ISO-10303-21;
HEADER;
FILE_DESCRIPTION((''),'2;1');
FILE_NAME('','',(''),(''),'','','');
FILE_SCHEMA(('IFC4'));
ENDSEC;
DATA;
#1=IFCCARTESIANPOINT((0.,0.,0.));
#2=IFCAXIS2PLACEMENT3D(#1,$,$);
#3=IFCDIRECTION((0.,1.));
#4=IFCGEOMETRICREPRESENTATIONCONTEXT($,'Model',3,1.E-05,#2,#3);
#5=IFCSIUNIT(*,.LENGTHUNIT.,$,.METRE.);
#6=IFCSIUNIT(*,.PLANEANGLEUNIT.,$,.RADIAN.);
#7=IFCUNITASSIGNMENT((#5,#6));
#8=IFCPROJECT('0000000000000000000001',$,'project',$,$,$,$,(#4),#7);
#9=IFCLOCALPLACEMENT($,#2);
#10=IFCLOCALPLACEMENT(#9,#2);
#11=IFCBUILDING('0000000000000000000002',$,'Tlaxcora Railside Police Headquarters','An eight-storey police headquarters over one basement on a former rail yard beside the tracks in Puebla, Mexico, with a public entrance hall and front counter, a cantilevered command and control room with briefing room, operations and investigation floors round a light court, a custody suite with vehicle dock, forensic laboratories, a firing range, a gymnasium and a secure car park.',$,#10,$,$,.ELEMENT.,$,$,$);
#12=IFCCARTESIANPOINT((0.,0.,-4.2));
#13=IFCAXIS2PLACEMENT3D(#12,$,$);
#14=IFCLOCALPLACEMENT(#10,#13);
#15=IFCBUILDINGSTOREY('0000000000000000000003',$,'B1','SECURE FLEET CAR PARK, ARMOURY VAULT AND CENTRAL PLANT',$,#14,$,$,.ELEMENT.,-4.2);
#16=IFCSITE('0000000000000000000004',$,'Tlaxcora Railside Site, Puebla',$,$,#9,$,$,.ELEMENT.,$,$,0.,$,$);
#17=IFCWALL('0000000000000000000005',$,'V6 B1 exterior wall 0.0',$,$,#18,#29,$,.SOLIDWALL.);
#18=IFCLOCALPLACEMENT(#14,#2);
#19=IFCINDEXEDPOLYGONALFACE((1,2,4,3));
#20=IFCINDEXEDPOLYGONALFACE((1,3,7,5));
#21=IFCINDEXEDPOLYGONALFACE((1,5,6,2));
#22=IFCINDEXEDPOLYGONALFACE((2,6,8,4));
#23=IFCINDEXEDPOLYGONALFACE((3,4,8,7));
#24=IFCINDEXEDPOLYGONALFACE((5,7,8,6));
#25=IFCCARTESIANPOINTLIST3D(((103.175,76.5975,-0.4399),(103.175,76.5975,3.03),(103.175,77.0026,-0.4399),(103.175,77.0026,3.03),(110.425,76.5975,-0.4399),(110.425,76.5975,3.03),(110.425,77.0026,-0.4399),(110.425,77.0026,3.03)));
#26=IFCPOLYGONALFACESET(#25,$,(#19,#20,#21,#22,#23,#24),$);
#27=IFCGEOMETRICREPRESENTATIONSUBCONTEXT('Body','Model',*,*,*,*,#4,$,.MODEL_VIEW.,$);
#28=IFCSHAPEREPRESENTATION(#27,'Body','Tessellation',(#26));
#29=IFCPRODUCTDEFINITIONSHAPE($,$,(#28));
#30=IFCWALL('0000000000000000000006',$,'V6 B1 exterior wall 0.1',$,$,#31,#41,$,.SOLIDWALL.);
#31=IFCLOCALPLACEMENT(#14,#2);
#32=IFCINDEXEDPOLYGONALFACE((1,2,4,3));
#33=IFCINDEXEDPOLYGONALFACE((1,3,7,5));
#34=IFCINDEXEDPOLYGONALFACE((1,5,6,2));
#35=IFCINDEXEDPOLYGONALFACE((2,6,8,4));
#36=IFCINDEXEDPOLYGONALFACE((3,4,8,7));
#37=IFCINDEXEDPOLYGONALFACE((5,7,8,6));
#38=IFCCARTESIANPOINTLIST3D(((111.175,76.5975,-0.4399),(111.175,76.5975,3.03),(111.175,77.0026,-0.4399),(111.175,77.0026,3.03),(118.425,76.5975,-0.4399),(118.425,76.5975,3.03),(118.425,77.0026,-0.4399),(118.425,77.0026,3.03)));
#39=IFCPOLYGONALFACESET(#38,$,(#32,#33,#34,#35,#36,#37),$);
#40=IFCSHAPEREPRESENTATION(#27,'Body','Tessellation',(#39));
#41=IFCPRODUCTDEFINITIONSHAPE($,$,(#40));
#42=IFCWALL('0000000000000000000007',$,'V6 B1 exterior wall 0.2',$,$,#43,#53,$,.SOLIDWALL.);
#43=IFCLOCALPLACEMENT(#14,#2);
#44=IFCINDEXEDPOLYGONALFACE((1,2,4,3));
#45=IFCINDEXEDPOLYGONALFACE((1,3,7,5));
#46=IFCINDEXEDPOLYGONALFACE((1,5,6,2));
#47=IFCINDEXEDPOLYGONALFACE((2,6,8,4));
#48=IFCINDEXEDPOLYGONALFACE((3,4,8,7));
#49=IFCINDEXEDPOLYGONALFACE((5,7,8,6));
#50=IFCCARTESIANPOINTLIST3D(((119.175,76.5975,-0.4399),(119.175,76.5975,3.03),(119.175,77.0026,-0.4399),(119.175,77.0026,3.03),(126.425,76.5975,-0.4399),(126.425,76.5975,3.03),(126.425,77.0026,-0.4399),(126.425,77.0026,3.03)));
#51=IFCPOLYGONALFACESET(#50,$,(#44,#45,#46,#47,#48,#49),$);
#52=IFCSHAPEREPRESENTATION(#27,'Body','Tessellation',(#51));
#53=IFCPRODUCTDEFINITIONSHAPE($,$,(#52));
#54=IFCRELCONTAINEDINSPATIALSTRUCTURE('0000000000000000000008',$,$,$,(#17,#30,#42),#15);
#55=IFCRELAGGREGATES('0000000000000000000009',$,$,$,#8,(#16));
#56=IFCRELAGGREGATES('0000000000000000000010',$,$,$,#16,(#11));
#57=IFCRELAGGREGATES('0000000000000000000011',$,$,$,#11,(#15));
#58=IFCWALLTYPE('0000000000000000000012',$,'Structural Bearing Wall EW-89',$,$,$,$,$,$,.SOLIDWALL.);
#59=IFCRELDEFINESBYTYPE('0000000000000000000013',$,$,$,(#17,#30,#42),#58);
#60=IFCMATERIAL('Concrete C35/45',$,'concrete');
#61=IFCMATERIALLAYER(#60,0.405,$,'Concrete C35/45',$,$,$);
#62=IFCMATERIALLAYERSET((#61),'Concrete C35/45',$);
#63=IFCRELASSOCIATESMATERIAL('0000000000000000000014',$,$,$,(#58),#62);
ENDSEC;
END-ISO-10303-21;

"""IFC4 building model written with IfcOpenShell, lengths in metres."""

from ifc_helpers import new_model, si_unit, direction, frame, frame_2d, origin, place, context, subcontext, project, spatial, rectangle, extrude, material, layer, layer_set, type_object, element, save


model = new_model("IFC4")

# Units and contexts
model_context = context("Model", 3, precision=1e-05, world=origin(), true_north=direction((0.0, 1.0)))
body_context = subcontext(model_context, "Body", "Model", "MODEL_VIEW")
ifc_project = project(units=[si_unit("LENGTHUNIT", "METRE"), si_unit("PLANEANGLEUNIT", "RADIAN")], contexts=[model_context])

# Site, building, storey
site_placement = place(None, origin())
site = spatial("IfcSite", under=ifc_project, at=site_placement, Name="Tlaxcora Railside Site, Puebla", CompositionType="ELEMENT", RefElevation=0.0)
building_placement = place(site_placement, origin())
building = spatial("IfcBuilding", under=site, at=building_placement, Name="Tlaxcora Railside Police Headquarters", Description="An eight-storey police headquarters over one basement on a former rail yard beside the tracks in Puebla, Mexico, with a public entrance hall and front counter, a cantilevered command and control room with briefing room, operations and investigation floors round a light court, a custody suite with vehicle dock, forensic laboratories, a firing range, a gymnasium and a secure car park.", CompositionType="ELEMENT")
storey_placement = place(building_placement, frame((0.0, 0.0, -4.2)))
storey = spatial("IfcBuildingStorey", under=building, at=storey_placement, Name="B1", Description="SECURE FLEET CAR PARK, ARMOURY VAULT AND CENTRAL PLANT", CompositionType="ELEMENT", Elevation=-4.2)

# Shared definitions
ifc_material_1 = material(Name="Concrete C35/45", Category="concrete")

# Walls
ifc_layer_1 = layer(ifc_material_1, 0.405, Name="Concrete C35/45")
ifc_layer_set_1 = layer_set([ifc_layer_1], Name="Concrete C35/45")
wall_type_1 = type_object("IfcWallType", Name="Structural Bearing Wall EW-89", PredefinedType="SOLIDWALL", material=ifc_layer_set_1)
for number, where, z_axis, x_axis, name in (
    (1, (103.175, 76.8, -0.4399), (0.0, 0.0, 1.0), (1.0, 0.0, 0.0), "V6 B1 exterior wall 0.0"),
    (2, (111.175, 76.8, -0.4399), (0.0, 0.0, 1.0), (1.0, 0.0, 0.0), "V6 B1 exterior wall 0.1"),
    (3, (119.175, 76.8, -0.4399), (0.0, 0.0, 1.0), (1.0, 0.0, 0.0), "V6 B1 exterior wall 0.2"),
):
    element("IfcWall", number, at=place(storey_placement, frame(where, z_axis=z_axis, x_axis=x_axis)), inside=storey, type_object=wall_type_1, Name=name, PredefinedType="SOLIDWALL", context=body_context, shape_type="SweptSolid", body=[
        extrude(rectangle(XDim=7.25, YDim=0.405, at=frame_2d((3.625, 0.0))), origin(), (0.0, 0.0, 1.0), 3.47),
    ])

save(model, "model.ifc")
